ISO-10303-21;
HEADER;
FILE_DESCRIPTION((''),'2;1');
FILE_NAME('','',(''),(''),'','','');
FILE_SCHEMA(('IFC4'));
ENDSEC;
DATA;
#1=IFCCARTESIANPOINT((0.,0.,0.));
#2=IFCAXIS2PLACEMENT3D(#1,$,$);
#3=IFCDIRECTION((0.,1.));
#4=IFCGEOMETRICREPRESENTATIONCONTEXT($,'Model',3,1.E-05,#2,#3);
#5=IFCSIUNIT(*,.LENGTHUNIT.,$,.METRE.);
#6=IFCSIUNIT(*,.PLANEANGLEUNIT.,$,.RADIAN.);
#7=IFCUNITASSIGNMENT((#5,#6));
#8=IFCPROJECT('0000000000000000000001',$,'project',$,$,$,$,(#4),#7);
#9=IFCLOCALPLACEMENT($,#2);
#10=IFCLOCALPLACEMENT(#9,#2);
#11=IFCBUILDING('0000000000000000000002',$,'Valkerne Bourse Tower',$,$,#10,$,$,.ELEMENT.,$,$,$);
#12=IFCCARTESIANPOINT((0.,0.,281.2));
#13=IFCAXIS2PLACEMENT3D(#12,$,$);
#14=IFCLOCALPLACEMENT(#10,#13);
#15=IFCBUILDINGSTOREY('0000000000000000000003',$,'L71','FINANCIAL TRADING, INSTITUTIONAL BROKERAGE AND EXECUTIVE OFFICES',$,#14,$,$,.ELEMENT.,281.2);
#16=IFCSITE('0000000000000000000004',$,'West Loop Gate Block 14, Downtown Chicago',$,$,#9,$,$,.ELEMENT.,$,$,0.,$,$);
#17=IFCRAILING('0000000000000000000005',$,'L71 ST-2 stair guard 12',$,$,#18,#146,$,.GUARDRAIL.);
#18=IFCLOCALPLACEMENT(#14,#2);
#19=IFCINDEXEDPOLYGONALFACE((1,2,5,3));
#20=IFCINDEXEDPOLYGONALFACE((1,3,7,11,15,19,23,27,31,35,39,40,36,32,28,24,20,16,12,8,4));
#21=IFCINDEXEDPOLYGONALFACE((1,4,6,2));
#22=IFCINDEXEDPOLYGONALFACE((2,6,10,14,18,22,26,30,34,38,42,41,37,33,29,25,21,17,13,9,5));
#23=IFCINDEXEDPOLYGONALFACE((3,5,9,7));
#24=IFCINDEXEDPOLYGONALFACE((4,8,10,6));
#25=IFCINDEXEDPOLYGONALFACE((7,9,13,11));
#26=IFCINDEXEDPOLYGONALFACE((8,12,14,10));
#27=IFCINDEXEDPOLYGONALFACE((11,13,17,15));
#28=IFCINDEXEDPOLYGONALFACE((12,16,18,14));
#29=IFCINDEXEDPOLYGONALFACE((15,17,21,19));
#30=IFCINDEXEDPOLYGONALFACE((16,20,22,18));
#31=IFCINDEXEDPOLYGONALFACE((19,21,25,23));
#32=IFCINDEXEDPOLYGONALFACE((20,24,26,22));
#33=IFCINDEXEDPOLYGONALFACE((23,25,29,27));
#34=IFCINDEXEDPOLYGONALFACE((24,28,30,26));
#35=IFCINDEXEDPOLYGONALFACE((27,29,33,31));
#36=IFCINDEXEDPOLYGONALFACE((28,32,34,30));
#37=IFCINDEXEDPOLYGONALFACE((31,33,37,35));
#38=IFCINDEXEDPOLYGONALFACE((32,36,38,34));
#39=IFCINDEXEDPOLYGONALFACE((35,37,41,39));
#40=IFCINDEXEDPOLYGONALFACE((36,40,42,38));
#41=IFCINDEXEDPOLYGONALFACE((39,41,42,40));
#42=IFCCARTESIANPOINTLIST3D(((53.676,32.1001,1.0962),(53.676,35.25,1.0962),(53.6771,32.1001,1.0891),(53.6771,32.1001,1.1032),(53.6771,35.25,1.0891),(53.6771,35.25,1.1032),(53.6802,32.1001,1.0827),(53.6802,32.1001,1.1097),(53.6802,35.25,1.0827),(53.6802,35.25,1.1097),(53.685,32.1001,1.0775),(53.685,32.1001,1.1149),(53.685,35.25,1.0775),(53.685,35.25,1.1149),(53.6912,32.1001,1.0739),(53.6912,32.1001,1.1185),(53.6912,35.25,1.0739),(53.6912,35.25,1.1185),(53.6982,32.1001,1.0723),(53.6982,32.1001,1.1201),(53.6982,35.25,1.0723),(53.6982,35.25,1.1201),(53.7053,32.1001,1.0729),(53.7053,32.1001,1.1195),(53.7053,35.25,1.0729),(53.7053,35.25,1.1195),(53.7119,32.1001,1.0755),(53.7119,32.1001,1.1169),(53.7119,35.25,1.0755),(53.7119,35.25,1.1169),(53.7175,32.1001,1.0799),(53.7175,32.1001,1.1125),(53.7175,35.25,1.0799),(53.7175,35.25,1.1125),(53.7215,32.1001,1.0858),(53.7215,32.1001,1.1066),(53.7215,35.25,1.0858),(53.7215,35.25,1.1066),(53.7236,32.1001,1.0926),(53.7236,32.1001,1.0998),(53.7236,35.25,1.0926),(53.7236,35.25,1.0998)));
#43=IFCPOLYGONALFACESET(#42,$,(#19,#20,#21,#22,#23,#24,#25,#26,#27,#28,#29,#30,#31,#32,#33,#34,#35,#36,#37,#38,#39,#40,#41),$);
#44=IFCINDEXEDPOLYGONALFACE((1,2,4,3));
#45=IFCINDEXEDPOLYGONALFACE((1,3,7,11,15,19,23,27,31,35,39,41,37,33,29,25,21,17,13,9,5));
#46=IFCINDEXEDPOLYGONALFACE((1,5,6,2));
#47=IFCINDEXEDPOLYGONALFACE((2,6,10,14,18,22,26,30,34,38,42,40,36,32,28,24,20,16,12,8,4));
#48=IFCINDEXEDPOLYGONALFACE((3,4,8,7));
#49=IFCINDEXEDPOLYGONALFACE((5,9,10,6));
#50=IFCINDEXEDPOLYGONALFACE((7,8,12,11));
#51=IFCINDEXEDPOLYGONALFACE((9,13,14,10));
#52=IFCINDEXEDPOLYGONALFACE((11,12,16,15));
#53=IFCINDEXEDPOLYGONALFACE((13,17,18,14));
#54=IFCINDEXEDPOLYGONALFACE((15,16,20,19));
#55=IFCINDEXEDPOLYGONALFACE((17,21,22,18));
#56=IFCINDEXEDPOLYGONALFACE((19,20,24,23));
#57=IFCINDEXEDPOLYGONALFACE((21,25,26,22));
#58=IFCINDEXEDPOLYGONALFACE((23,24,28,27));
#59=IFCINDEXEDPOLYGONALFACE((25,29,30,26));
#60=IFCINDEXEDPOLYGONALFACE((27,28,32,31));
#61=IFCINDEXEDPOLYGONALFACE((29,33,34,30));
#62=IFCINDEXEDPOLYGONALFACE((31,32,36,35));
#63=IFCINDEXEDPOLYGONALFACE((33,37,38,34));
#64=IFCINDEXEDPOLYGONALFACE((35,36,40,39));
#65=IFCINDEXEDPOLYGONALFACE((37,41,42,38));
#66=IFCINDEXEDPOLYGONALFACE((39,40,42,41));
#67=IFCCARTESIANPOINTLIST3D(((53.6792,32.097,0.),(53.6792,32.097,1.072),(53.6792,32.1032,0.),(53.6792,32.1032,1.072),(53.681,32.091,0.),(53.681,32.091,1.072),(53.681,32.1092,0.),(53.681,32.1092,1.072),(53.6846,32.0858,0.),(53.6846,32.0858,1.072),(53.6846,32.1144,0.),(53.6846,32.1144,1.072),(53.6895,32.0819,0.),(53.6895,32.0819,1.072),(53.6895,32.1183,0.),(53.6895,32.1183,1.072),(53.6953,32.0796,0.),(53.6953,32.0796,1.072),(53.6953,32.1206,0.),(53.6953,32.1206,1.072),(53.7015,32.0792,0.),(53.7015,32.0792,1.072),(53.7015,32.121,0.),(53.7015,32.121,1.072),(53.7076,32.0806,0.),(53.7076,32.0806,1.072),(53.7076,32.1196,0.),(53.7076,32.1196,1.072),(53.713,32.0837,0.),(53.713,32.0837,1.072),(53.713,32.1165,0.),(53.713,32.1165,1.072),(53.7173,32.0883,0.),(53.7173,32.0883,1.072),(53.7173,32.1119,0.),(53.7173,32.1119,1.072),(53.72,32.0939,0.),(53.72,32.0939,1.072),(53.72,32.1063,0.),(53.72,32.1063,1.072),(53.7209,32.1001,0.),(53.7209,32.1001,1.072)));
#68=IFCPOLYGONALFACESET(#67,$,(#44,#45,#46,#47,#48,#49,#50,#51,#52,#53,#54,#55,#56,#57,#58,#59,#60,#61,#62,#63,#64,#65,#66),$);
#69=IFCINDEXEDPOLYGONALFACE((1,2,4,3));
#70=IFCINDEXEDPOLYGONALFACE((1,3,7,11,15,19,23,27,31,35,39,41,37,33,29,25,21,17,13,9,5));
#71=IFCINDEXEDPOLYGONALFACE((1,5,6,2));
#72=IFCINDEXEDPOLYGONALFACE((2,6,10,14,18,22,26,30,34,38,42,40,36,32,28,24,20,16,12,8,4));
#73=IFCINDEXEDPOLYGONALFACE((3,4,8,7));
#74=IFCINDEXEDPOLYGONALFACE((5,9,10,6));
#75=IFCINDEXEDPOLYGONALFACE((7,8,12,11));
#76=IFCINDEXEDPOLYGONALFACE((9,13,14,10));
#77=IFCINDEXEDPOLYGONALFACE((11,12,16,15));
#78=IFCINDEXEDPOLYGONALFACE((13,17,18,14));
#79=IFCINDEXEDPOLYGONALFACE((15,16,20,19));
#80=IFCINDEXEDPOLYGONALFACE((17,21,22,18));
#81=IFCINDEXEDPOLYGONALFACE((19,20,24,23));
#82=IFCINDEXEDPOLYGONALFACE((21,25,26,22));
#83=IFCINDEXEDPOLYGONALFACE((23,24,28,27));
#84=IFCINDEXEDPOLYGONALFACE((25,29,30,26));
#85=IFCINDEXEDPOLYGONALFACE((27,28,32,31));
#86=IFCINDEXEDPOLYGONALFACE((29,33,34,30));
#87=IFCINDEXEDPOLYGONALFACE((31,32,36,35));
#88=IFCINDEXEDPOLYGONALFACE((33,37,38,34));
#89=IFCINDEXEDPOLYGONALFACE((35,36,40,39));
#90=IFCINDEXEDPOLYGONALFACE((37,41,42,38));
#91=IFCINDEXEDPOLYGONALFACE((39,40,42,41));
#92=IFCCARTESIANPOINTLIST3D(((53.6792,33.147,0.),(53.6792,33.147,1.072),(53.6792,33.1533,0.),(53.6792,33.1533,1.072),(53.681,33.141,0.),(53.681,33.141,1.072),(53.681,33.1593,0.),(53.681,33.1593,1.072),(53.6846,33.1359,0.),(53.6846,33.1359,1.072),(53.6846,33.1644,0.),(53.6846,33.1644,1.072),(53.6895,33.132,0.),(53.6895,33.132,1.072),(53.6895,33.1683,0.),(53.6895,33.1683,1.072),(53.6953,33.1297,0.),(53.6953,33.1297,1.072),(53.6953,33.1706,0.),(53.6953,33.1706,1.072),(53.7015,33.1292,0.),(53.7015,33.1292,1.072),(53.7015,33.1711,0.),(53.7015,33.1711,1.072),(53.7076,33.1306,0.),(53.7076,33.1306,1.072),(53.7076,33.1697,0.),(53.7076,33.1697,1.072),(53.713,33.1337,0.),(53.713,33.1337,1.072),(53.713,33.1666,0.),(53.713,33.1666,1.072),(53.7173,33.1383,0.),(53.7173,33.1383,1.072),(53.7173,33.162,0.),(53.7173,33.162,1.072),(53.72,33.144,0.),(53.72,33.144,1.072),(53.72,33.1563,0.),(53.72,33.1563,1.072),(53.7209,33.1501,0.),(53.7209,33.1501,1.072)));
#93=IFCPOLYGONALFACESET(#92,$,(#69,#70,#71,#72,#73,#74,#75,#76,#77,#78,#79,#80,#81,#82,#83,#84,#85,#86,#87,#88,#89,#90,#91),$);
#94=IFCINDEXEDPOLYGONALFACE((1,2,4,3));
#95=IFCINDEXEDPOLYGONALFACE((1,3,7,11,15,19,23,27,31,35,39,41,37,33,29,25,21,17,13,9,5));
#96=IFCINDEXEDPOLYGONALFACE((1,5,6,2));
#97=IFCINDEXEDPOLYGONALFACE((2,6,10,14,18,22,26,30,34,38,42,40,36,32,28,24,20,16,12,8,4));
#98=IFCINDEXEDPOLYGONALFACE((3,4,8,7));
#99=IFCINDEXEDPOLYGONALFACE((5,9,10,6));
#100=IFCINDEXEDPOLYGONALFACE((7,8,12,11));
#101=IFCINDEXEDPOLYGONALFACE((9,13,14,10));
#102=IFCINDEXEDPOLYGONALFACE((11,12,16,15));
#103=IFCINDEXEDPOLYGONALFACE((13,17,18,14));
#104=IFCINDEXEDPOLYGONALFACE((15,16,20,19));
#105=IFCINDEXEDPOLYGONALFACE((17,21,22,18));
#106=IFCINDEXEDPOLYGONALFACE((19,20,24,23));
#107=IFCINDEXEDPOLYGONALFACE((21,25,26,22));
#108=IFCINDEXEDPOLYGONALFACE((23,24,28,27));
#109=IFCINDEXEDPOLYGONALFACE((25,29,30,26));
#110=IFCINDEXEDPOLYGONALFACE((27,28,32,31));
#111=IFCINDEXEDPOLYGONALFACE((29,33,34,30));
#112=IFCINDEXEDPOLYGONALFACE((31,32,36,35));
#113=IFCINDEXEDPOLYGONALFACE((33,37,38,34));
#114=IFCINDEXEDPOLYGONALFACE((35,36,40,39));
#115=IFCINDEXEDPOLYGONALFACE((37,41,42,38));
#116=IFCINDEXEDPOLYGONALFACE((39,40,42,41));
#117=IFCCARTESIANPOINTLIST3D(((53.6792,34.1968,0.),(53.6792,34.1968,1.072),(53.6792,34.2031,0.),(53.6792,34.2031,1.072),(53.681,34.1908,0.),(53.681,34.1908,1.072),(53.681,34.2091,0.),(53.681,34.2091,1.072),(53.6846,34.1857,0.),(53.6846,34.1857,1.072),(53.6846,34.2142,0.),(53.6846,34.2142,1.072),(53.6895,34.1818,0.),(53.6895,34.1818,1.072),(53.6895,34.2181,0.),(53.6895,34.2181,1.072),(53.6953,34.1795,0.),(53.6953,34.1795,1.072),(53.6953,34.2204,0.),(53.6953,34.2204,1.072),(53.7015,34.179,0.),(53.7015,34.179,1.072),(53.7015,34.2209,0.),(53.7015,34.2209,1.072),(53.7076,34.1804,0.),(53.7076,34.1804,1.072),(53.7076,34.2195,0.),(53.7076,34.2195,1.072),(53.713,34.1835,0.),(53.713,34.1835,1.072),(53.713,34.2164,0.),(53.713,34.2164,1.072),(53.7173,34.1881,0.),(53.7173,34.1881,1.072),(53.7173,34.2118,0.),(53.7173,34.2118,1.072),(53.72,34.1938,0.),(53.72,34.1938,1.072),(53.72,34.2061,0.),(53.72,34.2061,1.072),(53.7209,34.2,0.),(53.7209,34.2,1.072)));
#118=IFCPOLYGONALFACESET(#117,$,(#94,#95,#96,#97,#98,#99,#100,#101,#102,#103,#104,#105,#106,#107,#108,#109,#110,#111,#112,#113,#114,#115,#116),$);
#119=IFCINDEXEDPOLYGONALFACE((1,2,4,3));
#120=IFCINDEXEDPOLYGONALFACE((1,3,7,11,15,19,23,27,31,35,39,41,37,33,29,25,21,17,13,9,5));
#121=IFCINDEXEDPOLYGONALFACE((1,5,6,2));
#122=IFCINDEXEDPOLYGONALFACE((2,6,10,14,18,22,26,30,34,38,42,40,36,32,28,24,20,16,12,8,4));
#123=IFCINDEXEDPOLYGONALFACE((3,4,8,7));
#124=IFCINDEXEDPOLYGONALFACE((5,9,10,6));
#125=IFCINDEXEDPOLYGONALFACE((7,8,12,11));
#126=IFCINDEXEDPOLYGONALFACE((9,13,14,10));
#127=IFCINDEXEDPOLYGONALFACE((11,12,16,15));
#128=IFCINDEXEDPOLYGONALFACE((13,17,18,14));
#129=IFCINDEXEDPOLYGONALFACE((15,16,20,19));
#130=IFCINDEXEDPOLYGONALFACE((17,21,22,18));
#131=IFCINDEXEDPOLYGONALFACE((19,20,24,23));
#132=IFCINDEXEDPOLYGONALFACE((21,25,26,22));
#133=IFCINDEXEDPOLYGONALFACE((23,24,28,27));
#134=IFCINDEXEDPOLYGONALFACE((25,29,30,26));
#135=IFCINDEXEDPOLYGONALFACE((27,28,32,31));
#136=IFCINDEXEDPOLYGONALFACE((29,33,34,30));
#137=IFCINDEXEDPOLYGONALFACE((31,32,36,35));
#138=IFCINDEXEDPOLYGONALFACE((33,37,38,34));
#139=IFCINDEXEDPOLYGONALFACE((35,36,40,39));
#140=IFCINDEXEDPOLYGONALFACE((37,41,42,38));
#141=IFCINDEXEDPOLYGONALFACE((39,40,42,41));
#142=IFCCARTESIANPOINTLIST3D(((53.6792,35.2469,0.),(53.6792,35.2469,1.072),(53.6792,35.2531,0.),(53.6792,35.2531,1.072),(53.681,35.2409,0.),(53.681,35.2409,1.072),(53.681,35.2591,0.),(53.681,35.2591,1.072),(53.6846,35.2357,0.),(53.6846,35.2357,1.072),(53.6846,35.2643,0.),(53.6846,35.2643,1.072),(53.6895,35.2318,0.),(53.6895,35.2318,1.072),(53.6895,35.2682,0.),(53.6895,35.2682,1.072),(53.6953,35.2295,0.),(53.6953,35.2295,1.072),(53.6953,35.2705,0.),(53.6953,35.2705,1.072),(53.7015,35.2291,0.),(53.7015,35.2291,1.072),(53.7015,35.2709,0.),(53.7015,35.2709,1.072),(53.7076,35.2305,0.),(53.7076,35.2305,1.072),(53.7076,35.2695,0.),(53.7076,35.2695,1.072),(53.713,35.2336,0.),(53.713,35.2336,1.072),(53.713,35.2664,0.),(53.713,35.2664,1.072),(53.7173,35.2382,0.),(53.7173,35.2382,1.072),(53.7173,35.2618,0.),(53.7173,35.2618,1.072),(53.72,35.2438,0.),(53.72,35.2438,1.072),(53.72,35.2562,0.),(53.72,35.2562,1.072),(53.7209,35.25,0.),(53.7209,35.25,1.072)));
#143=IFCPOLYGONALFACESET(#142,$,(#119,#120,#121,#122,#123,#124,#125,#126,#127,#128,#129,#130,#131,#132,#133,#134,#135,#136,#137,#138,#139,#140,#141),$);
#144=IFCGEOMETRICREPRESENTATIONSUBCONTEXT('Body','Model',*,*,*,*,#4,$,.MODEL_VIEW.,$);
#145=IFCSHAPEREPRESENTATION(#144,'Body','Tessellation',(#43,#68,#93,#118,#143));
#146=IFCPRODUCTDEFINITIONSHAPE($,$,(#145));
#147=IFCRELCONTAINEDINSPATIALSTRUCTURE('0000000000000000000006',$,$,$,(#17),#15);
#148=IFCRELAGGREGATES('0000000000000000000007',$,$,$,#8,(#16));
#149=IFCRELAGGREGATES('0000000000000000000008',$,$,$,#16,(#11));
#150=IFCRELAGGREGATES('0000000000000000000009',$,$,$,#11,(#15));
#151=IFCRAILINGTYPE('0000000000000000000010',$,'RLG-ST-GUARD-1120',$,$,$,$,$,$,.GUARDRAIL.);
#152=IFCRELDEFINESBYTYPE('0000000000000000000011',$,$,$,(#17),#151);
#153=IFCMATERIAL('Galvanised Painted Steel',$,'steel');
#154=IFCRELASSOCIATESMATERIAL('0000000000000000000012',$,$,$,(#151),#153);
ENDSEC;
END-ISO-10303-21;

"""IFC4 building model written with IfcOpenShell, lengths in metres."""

from ifc_helpers import new_model, si_unit, direction, frame, origin, origin_2d, place, context, subcontext, project, spatial, circle, extrude, material, type_object, element, save


model = new_model("IFC4")

# Units and contexts
model_context = context("Model", 3, precision=1e-05, world=origin(), true_north=direction((0.0, 1.0)))
body_context = subcontext(model_context, "Body", "Model", "MODEL_VIEW")
ifc_project = project(units=[si_unit("LENGTHUNIT", "METRE"), si_unit("PLANEANGLEUNIT", "RADIAN")], contexts=[model_context])

# Site, building, storey
site_placement = place(None, origin())
site = spatial("IfcSite", under=ifc_project, at=site_placement, Name="West Loop Gate Block 14, Downtown Chicago", CompositionType="ELEMENT", RefElevation=0.0)
building_placement = place(site_placement, origin())
building = spatial("IfcBuilding", under=site, at=building_placement, Name="Valkerne Bourse Tower", CompositionType="ELEMENT")
storey_placement = place(building_placement, frame((0.0, 0.0, 281.2)))
storey = spatial("IfcBuildingStorey", under=building, at=storey_placement, Name="L71", Description="FINANCIAL TRADING, INSTITUTIONAL BROKERAGE AND EXECUTIVE OFFICES", CompositionType="ELEMENT", Elevation=281.2)

# Railing
ifc_material_1 = material(Name="Galvanised Painted Steel", Category="steel")
railing_type = type_object("IfcRailingType", Name="RLG-ST-GUARD-1120", PredefinedType="GUARDRAIL", material=ifc_material_1)
railing_1_placement = place(storey_placement, frame((53.7, 32.1001, 0.0)))
element("IfcRailing", 1, at=railing_1_placement, inside=storey, type_object=railing_type, Name="L71 ST-2 stair guard 12", PredefinedType="GUARDRAIL", context=body_context, shape_type="SweptSolid", body=[
    extrude(circle(Radius=0.0239, at=origin_2d()), frame((0.0, 0.0, 1.0962), z_axis=(0.0, 1.0, 0.0), x_axis=(-1.0, 0.0, 0.0)), (0.0, 0.0, 1.0), 3.1499),
    extrude(circle(Radius=0.021, at=origin_2d()), origin(), (0.0, 0.0, 1.0), 1.072),
    extrude(circle(Radius=0.021, at=origin_2d()), frame((0.0, 1.05, 0.0)), (0.0, 0.0, 1.0), 1.072),
    extrude(circle(Radius=0.021, at=origin_2d()), frame((0.0, 2.0999, 0.0)), (0.0, 0.0, 1.0), 1.072),
    extrude(circle(Radius=0.021, at=origin_2d()), frame((0.0, 3.1499, 0.0)), (0.0, 0.0, 1.0), 1.072),
])

save(model, "model.ifc")
